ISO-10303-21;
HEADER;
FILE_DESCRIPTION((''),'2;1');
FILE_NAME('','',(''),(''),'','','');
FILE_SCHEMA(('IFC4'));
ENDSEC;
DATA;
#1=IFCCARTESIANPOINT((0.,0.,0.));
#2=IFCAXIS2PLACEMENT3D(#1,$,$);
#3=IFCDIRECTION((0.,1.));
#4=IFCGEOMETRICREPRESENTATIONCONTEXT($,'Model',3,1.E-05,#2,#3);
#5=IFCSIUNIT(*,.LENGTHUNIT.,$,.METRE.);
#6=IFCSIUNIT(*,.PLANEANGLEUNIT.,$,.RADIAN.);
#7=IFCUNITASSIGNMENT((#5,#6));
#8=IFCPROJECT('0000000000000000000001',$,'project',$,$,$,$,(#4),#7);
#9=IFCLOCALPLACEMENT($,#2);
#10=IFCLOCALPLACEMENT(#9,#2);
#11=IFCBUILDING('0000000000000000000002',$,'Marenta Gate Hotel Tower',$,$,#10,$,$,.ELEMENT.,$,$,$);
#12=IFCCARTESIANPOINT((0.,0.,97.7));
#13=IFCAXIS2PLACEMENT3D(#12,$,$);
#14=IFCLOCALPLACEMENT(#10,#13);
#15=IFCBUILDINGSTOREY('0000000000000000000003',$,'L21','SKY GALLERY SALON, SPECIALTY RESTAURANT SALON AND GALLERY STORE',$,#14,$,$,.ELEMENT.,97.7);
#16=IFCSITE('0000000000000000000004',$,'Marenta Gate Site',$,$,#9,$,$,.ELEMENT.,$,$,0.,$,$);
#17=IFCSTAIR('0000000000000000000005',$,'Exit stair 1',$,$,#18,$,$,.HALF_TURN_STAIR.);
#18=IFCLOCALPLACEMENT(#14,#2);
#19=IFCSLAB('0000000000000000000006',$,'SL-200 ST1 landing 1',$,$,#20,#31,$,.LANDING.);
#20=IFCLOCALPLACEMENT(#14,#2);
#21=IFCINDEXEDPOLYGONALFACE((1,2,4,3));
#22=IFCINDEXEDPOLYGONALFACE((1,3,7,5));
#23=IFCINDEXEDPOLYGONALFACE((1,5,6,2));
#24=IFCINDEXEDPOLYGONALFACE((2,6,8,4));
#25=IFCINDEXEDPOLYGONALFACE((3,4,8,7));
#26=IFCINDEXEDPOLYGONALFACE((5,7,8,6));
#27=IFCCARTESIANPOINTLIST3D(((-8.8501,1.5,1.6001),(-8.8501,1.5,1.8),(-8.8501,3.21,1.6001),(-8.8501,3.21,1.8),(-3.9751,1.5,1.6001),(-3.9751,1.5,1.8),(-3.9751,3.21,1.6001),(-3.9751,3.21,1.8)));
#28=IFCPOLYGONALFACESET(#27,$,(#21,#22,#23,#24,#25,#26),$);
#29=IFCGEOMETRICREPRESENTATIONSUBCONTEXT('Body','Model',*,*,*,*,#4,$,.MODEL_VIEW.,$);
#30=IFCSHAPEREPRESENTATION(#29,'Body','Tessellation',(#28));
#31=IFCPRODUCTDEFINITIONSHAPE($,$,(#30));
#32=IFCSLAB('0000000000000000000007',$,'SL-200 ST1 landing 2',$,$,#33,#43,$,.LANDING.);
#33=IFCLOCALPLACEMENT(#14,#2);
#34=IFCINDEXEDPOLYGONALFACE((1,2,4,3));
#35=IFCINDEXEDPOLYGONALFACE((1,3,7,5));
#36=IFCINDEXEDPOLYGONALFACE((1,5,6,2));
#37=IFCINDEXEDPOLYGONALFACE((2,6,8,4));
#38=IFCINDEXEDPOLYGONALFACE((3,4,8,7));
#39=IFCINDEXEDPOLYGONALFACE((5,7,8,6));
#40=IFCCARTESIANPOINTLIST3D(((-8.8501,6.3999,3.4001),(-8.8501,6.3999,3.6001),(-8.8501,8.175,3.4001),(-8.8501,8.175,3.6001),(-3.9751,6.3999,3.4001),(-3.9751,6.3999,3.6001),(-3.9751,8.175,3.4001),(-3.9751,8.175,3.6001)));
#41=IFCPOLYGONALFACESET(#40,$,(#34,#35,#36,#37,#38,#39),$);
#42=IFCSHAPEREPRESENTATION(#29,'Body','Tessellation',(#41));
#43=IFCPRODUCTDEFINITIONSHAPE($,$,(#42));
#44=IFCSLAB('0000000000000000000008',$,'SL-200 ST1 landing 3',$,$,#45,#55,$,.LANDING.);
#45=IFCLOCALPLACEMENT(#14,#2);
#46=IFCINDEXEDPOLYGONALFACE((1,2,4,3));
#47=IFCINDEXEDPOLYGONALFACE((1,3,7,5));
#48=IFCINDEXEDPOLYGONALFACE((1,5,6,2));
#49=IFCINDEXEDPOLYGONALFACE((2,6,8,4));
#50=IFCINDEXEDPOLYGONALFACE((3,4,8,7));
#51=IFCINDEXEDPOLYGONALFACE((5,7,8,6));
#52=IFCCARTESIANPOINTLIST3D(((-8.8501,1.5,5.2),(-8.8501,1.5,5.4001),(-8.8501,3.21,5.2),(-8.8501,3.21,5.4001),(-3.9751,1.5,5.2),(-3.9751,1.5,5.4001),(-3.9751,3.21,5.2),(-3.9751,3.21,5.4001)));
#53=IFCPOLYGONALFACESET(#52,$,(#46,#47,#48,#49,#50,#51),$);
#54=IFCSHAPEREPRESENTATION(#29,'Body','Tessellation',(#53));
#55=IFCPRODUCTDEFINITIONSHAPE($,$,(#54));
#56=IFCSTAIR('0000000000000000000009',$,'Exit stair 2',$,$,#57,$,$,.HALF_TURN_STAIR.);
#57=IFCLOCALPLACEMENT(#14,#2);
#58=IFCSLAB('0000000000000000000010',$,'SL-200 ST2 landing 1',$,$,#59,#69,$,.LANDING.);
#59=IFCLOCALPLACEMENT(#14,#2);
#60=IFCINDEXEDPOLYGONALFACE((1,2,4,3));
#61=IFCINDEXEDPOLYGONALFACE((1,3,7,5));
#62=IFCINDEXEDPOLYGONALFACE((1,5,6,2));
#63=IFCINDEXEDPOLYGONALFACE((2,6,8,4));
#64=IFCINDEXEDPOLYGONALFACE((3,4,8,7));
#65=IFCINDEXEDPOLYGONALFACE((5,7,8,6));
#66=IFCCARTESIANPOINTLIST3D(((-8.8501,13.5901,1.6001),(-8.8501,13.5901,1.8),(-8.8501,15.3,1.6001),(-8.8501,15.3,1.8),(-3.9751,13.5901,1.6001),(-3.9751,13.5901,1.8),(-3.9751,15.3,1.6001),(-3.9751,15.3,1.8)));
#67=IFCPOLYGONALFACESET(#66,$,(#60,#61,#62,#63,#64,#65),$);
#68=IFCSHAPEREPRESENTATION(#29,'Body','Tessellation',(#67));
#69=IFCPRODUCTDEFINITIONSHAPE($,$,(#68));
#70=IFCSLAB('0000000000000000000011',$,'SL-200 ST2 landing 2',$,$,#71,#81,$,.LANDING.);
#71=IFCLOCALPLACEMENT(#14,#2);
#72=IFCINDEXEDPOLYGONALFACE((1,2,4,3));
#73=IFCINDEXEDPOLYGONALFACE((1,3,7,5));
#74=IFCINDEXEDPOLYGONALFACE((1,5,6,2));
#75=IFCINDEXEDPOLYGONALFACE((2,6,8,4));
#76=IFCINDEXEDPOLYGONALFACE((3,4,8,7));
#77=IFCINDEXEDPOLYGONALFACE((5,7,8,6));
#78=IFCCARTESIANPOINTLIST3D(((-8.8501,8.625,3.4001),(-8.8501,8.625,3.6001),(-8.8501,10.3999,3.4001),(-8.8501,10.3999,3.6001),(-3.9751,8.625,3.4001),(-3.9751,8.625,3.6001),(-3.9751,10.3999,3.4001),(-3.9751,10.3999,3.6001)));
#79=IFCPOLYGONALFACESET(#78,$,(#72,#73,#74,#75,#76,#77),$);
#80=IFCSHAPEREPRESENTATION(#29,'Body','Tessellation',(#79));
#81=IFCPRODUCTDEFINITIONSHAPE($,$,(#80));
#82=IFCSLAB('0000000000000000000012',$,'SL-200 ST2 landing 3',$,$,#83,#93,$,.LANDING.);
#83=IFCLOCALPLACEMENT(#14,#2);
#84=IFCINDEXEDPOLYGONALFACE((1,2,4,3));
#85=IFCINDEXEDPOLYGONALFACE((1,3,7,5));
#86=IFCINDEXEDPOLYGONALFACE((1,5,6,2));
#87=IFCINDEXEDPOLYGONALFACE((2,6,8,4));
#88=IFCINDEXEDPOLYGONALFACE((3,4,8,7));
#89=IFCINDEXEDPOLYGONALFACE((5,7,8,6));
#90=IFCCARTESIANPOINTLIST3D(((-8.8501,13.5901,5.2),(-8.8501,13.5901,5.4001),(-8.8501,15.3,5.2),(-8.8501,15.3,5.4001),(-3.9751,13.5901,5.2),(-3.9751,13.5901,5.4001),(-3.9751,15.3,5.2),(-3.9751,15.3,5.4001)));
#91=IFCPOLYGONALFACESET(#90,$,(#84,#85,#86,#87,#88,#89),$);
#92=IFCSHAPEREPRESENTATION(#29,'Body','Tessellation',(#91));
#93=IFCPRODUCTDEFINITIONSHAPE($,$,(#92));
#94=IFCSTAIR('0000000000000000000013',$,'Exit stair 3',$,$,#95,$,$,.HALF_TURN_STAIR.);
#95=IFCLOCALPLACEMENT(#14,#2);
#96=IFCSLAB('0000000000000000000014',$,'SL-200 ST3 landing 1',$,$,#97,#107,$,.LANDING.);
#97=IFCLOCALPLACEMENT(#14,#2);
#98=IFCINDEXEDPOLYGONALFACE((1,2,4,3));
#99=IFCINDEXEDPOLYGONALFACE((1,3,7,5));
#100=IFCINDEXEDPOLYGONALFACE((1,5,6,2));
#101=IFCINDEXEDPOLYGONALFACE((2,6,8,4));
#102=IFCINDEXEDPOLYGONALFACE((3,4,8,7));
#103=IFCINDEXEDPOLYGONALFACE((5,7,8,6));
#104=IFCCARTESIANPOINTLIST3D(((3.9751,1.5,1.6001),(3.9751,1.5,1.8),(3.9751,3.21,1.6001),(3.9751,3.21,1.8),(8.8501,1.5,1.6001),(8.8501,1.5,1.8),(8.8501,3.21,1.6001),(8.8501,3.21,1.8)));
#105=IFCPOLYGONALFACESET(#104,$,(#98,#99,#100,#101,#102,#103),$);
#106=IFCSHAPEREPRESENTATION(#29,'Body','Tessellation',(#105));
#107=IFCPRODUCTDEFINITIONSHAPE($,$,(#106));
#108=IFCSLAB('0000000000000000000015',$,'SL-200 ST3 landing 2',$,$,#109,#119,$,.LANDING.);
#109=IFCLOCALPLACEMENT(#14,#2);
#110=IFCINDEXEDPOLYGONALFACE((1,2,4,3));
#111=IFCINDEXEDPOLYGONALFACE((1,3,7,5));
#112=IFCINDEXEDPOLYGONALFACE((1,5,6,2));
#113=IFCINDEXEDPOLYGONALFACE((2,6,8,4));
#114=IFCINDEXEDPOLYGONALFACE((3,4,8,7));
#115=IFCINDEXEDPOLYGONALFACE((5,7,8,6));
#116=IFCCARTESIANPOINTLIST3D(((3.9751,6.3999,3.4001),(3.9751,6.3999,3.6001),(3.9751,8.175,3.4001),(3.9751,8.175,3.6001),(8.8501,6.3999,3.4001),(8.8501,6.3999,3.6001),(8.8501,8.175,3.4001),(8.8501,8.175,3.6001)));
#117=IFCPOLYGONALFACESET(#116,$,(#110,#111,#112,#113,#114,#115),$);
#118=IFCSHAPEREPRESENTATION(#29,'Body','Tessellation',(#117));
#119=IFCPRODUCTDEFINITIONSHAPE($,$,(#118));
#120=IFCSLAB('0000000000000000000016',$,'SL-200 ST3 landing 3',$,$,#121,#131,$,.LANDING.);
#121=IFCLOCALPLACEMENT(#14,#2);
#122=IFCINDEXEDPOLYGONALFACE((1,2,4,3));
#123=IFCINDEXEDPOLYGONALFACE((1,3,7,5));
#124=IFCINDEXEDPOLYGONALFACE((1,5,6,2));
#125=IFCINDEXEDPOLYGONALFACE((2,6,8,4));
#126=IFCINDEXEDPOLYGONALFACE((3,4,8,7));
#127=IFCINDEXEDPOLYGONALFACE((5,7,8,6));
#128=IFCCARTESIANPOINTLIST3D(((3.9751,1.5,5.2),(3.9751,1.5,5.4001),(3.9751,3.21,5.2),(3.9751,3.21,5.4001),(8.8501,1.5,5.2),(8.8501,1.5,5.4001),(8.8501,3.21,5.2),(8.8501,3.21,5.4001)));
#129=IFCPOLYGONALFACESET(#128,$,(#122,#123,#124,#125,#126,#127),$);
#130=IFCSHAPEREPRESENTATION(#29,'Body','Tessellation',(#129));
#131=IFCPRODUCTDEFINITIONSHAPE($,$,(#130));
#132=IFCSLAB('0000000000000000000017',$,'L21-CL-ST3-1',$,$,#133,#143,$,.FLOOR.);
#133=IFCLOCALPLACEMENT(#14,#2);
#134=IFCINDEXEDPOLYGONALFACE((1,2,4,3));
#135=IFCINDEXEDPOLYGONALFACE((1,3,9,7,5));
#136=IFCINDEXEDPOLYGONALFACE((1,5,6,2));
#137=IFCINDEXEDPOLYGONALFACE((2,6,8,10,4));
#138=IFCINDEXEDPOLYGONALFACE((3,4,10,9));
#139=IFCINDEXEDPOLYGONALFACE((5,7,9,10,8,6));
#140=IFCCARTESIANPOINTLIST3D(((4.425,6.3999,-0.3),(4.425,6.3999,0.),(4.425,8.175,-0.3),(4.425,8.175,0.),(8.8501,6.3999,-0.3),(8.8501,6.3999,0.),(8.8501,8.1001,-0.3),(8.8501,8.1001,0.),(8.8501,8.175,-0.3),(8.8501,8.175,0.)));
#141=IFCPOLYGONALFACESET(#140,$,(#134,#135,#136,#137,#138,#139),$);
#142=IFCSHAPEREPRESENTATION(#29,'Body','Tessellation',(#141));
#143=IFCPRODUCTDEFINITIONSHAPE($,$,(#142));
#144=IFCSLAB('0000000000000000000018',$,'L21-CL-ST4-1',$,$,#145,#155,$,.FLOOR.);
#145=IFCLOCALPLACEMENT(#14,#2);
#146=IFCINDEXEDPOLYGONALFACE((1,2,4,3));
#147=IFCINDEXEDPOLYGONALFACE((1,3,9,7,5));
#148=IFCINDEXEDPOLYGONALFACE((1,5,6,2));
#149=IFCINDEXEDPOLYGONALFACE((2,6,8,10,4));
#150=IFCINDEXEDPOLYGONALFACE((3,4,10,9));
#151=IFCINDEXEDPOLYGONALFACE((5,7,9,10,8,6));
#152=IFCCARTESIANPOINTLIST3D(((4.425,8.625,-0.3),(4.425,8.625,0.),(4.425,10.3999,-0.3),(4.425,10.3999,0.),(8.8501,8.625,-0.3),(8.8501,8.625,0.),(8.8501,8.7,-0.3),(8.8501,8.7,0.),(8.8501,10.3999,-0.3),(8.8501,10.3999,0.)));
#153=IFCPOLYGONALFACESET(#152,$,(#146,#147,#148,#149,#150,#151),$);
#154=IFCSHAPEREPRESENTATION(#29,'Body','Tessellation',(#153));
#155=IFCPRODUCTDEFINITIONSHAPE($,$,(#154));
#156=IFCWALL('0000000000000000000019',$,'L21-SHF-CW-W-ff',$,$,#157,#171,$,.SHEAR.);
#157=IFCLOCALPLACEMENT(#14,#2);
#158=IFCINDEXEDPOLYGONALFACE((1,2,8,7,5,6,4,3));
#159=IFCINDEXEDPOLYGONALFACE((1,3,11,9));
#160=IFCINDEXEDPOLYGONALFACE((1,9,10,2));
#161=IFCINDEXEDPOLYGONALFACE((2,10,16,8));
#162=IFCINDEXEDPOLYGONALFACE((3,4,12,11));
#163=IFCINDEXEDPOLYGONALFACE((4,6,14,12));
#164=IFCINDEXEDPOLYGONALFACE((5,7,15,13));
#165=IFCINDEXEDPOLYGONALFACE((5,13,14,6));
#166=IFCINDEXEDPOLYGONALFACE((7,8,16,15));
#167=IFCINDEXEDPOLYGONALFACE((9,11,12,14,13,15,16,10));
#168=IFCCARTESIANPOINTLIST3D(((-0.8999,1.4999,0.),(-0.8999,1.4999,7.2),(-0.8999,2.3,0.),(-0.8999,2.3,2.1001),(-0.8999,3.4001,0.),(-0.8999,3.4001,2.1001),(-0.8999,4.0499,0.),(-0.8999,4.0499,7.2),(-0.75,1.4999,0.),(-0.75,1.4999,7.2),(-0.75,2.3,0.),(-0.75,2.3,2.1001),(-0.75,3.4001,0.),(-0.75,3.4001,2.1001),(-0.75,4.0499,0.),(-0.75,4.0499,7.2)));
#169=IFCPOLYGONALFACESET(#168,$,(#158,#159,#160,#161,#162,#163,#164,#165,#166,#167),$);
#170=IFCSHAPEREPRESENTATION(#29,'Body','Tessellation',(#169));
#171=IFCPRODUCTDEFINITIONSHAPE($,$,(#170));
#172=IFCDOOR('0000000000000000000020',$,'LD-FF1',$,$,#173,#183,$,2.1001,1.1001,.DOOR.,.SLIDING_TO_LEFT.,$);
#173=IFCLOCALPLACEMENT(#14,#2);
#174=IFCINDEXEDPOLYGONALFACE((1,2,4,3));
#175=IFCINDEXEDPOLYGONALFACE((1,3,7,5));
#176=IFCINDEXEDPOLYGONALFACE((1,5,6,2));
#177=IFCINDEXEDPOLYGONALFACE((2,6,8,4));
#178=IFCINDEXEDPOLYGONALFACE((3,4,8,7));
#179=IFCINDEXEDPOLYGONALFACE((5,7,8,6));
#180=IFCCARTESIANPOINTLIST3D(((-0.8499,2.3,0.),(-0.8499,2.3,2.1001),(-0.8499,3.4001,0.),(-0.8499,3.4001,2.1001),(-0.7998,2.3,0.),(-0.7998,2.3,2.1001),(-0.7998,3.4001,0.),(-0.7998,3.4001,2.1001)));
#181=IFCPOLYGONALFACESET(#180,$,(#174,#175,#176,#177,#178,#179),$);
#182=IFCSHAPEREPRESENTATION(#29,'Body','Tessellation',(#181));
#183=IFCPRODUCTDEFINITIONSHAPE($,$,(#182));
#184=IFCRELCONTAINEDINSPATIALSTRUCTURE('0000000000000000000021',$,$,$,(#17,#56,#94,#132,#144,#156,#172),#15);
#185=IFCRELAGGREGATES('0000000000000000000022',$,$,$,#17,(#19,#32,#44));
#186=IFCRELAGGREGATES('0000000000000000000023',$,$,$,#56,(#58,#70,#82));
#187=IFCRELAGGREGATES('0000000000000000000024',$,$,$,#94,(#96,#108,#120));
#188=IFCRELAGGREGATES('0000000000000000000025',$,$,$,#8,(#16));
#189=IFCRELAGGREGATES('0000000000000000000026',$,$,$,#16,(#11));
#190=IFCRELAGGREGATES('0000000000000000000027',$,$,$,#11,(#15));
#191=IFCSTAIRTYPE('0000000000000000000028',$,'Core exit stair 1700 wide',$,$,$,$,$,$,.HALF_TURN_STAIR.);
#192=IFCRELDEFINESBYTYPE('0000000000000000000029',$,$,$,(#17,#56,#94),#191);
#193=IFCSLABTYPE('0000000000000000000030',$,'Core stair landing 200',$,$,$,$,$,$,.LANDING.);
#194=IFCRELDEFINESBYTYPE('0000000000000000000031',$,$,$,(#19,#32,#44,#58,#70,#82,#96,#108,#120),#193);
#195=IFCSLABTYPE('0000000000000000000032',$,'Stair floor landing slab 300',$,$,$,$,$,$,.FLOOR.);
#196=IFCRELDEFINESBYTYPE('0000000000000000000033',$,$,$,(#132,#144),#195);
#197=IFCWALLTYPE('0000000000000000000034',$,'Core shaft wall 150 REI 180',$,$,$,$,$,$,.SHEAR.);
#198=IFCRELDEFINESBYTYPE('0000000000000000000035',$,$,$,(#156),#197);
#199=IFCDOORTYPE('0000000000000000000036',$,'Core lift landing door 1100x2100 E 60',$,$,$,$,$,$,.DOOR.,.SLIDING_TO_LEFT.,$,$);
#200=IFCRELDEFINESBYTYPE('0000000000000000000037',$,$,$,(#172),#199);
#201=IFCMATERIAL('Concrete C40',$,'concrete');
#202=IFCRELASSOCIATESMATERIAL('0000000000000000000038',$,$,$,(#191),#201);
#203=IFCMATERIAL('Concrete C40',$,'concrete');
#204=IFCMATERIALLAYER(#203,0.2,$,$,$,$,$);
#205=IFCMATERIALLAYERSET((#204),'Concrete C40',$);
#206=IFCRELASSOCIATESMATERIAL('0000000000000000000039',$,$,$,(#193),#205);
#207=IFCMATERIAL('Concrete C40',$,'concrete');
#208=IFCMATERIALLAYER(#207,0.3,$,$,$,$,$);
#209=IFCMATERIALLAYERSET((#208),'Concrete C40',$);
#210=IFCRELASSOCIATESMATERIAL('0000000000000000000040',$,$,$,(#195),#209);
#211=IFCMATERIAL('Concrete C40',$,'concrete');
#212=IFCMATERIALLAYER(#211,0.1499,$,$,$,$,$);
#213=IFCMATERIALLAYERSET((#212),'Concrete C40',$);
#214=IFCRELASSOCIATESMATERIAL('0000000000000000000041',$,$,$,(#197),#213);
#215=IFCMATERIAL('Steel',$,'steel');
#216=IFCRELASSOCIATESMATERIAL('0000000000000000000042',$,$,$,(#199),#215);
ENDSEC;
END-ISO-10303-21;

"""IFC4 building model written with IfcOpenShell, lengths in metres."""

from ifc_helpers import new_model, si_unit, direction, frame, frame_2d, origin, place, context, subcontext, project, spatial, polyline, rectangle, outline, extrude, material, layer, layer_set, type_object, element, fill, aggregate, save


model = new_model("IFC4")

# Units and contexts
model_context = context("Model", 3, precision=1e-05, world=origin(), true_north=direction((0.0, 1.0)))
body_context = subcontext(model_context, "Body", "Model", "MODEL_VIEW")
ifc_project = project(units=[si_unit("LENGTHUNIT", "METRE"), si_unit("PLANEANGLEUNIT", "RADIAN")], contexts=[model_context])

# Site, building, storey
site_placement = place(None, origin())
site = spatial("IfcSite", under=ifc_project, at=site_placement, Name="Marenta Gate Site", CompositionType="ELEMENT", RefElevation=0.0)
building_placement = place(site_placement, origin())
building = spatial("IfcBuilding", under=site, at=building_placement, Name="Marenta Gate Hotel Tower", CompositionType="ELEMENT")
storey_placement = place(building_placement, frame((0.0, 0.0, 97.7)))
storey = spatial("IfcBuildingStorey", under=building, at=storey_placement, Name="L21", Description="SKY GALLERY SALON, SPECIALTY RESTAURANT SALON AND GALLERY STORE", CompositionType="ELEMENT", Elevation=97.7)

# Stairs, slabs
ifc_material_1 = material(Name="Concrete C40", Category="concrete")
stair_type = type_object("IfcStairType", Name="Core exit stair 1700 wide", PredefinedType="HALF_TURN_STAIR", material=ifc_material_1)
stair_1_placement = place(storey_placement, origin())
stair_1 = element("IfcStair", 1, at=stair_1_placement, inside=storey, type_object=stair_type, Name="Exit stair 1", PredefinedType="HALF_TURN_STAIR")
ifc_material_2 = material(Name="Concrete C40", Category="concrete")
ifc_layer_1 = layer(ifc_material_2, 0.2)
ifc_layer_set_1 = layer_set([ifc_layer_1], Name="Concrete C40")
slab_type_1 = type_object("IfcSlabType", Name="Core stair landing 200", PredefinedType="LANDING", material=ifc_layer_set_1)
slab_1_placement = place(storey_placement, frame((0.0, 0.0, 1.6001)))
slab_1 = element("IfcSlab", 2, at=slab_1_placement, type_object=slab_type_1, Name="SL-200 ST1 landing 1", PredefinedType="LANDING", context=body_context, shape_type="SweptSolid", body=[
    extrude(outline(polyline([(-8.8501, 1.5), (-3.9751, 1.5), (-3.9751, 3.21), (-8.8501, 3.21), (-8.8501, 1.5)])), origin(), (0.0, 0.0, 1.0), 0.2),
])
slab_2_placement = place(storey_placement, frame((0.0, 0.0, 3.4001)))
slab_2 = element("IfcSlab", 3, at=slab_2_placement, type_object=slab_type_1, Name="SL-200 ST1 landing 2", PredefinedType="LANDING", context=body_context, shape_type="SweptSolid", body=[
    extrude(outline(polyline([(-8.8501, 6.3999), (-3.9751, 6.3999), (-3.9751, 8.175), (-8.8501, 8.175), (-8.8501, 6.3999)])), origin(), (0.0, 0.0, 1.0), 0.2),
])
slab_3_placement = place(storey_placement, frame((0.0, 0.0, 5.2)))
slab_3 = element("IfcSlab", 4, at=slab_3_placement, type_object=slab_type_1, Name="SL-200 ST1 landing 3", PredefinedType="LANDING", context=body_context, shape_type="SweptSolid", body=[
    extrude(outline(polyline([(-8.8501, 1.5), (-3.9751, 1.5), (-3.9751, 3.21), (-8.8501, 3.21), (-8.8501, 1.5)])), origin(), (0.0, 0.0, 1.0), 0.2002),
])
aggregate(stair_1, [slab_1, slab_2, slab_3])
stair_2_placement = place(storey_placement, origin())
stair_2 = element("IfcStair", 5, at=stair_2_placement, inside=storey, type_object=stair_type, Name="Exit stair 2", PredefinedType="HALF_TURN_STAIR")
slab_4_placement = place(storey_placement, frame((0.0, 0.0, 1.6001)))
slab_4 = element("IfcSlab", 6, at=slab_4_placement, type_object=slab_type_1, Name="SL-200 ST2 landing 1", PredefinedType="LANDING", context=body_context, shape_type="SweptSolid", body=[
    extrude(outline(polyline([(-8.8501, 13.5901), (-3.9751, 13.5901), (-3.9751, 15.3), (-8.8501, 15.3), (-8.8501, 13.5901)])), origin(), (0.0, 0.0, 1.0), 0.2),
])
slab_5_placement = place(storey_placement, frame((0.0, 0.0, 3.4001)))
slab_5 = element("IfcSlab", 7, at=slab_5_placement, type_object=slab_type_1, Name="SL-200 ST2 landing 2", PredefinedType="LANDING", context=body_context, shape_type="SweptSolid", body=[
    extrude(outline(polyline([(-8.8501, 8.625), (-3.9751, 8.625), (-3.9751, 10.3999), (-8.8501, 10.3999), (-8.8501, 8.625)])), origin(), (0.0, 0.0, 1.0), 0.2),
])
slab_6_placement = place(storey_placement, frame((0.0, 0.0, 5.2)))
slab_6 = element("IfcSlab", 8, at=slab_6_placement, type_object=slab_type_1, Name="SL-200 ST2 landing 3", PredefinedType="LANDING", context=body_context, shape_type="SweptSolid", body=[
    extrude(outline(polyline([(-8.8501, 13.5901), (-3.9751, 13.5901), (-3.9751, 15.3), (-8.8501, 15.3), (-8.8501, 13.5901)])), origin(), (0.0, 0.0, 1.0), 0.2002),
])
aggregate(stair_2, [slab_4, slab_5, slab_6])
stair_3_placement = place(storey_placement, origin())
stair_3 = element("IfcStair", 9, at=stair_3_placement, inside=storey, type_object=stair_type, Name="Exit stair 3", PredefinedType="HALF_TURN_STAIR")
slab_7_placement = place(storey_placement, frame((0.0, 0.0, 1.6001)))
slab_7 = element("IfcSlab", 10, at=slab_7_placement, type_object=slab_type_1, Name="SL-200 ST3 landing 1", PredefinedType="LANDING", context=body_context, shape_type="SweptSolid", body=[
    extrude(outline(polyline([(3.9751, 1.5), (8.8501, 1.5), (8.8501, 3.21), (3.9751, 3.21), (3.9751, 1.5)])), origin(), (0.0, 0.0, 1.0), 0.2),
])
slab_8_placement = place(storey_placement, frame((0.0, 0.0, 3.4001)))
slab_8 = element("IfcSlab", 11, at=slab_8_placement, type_object=slab_type_1, Name="SL-200 ST3 landing 2", PredefinedType="LANDING", context=body_context, shape_type="SweptSolid", body=[
    extrude(outline(polyline([(3.9751, 6.3999), (8.8501, 6.3999), (8.8501, 8.175), (3.9751, 8.175), (3.9751, 6.3999)])), origin(), (0.0, 0.0, 1.0), 0.2),
])
slab_9_placement = place(storey_placement, frame((0.0, 0.0, 5.2)))
slab_9 = element("IfcSlab", 12, at=slab_9_placement, type_object=slab_type_1, Name="SL-200 ST3 landing 3", PredefinedType="LANDING", context=body_context, shape_type="SweptSolid", body=[
    extrude(outline(polyline([(3.9751, 1.5), (8.8501, 1.5), (8.8501, 3.21), (3.9751, 3.21), (3.9751, 1.5)])), origin(), (0.0, 0.0, 1.0), 0.2002),
])
aggregate(stair_3, [slab_7, slab_8, slab_9])

# Slabs
ifc_material_3 = material(Name="Concrete C40", Category="concrete")
ifc_layer_2 = layer(ifc_material_3, 0.3)
ifc_layer_set_2 = layer_set([ifc_layer_2], Name="Concrete C40")
slab_type_2 = type_object("IfcSlabType", Name="Stair floor landing slab 300", PredefinedType="FLOOR", material=ifc_layer_set_2)
slab_10_placement = place(storey_placement, frame((0.0, 0.0, -0.3)))
element("IfcSlab", 13, at=slab_10_placement, inside=storey, type_object=slab_type_2, Name="L21-CL-ST3-1", PredefinedType="FLOOR", context=body_context, shape_type="SweptSolid", body=[
    extrude(outline(polyline([(4.425, 6.3999), (4.425, 8.175), (8.8501, 8.175), (8.8501, 8.1001), (8.8501, 6.3999), (4.425, 6.3999)])), origin(), (0.0, 0.0, 1.0), 0.3),
])
slab_11_placement = place(storey_placement, frame((0.0, 0.0, -0.3)))
element("IfcSlab", 14, at=slab_11_placement, inside=storey, type_object=slab_type_2, Name="L21-CL-ST4-1", PredefinedType="FLOOR", context=body_context, shape_type="SweptSolid", body=[
    extrude(outline(polyline([(4.425, 8.625), (4.425, 10.3999), (8.8501, 10.3999), (8.8501, 8.7), (8.8501, 8.625), (4.425, 8.625)])), origin(), (0.0, 0.0, 1.0), 0.3),
])

# Wall, opening, door
ifc_material_4 = material(Name="Concrete C40", Category="concrete")
ifc_layer_3 = layer(ifc_material_4, 0.1499)
ifc_layer_set_3 = layer_set([ifc_layer_3], Name="Concrete C40")
wall_type_1 = type_object("IfcWallType", Name="Core shaft wall 150 REI 180", PredefinedType="SHEAR", material=ifc_layer_set_3)
wall_1_placement = place(storey_placement, frame((-0.825, 1.5, 0.0), z_axis=(0.0, 0.0, 1.0), x_axis=(0.0, 1.0, 0.0)))
wall_1 = element("IfcWall", 15, at=wall_1_placement, inside=storey, type_object=wall_type_1, Name="L21-SHF-CW-W-ff", PredefinedType="SHEAR", context=body_context, shape_type="SweptSolid", body=[
    extrude(rectangle(XDim=2.55, YDim=0.1499, at=frame_2d((1.2749, 0.0))), origin(), (0.0, 0.0, 1.0), 7.2),
])
opening_1_placement = place(wall_1_placement, frame((0.8, 0.0, 0.0)))
opening_1 = element("IfcOpeningElement", 16, at=opening_1_placement, cuts=wall_1, PredefinedType="OPENING", context=body_context, shape_type="SweptSolid", body=[
    extrude(rectangle(XDim=1.1001, YDim=2.1001, at=frame_2d((0.55, 1.05))), frame((0.0, 0.075, 0.0), z_axis=(0.0, -1.0, 0.0), x_axis=(1.0, 0.0, 0.0)), (0.0, 0.0, 1.0), 0.1499),
])
ifc_material_5 = material(Name="Steel", Category="steel")
door_type_1 = type_object("IfcDoorType", Name="Core lift landing door 1100x2100 E 60", OperationType="SLIDING_TO_LEFT", PredefinedType="DOOR", material=ifc_material_5)
door_1_placement = place(opening_1_placement, origin())
door_1 = element("IfcDoor", 17, at=door_1_placement, inside=storey, type_object=door_type_1, Name="LD-FF1", OperationType="SLIDING_TO_LEFT", OverallHeight=2.1001, OverallWidth=1.1001, PredefinedType="DOOR", context=body_context, shape_type="SweptSolid", body=[
    extrude(rectangle(XDim=1.1001, YDim=2.1001, at=frame_2d((0.55, 1.05))), frame((0.0, 0.0249, 0.0), z_axis=(0.0, -1.0, 0.0), x_axis=(1.0, 0.0, 0.0)), (0.0, 0.0, 1.0), 0.05),
])
fill(opening_1, door_1)

save(model, "model.ifc")
